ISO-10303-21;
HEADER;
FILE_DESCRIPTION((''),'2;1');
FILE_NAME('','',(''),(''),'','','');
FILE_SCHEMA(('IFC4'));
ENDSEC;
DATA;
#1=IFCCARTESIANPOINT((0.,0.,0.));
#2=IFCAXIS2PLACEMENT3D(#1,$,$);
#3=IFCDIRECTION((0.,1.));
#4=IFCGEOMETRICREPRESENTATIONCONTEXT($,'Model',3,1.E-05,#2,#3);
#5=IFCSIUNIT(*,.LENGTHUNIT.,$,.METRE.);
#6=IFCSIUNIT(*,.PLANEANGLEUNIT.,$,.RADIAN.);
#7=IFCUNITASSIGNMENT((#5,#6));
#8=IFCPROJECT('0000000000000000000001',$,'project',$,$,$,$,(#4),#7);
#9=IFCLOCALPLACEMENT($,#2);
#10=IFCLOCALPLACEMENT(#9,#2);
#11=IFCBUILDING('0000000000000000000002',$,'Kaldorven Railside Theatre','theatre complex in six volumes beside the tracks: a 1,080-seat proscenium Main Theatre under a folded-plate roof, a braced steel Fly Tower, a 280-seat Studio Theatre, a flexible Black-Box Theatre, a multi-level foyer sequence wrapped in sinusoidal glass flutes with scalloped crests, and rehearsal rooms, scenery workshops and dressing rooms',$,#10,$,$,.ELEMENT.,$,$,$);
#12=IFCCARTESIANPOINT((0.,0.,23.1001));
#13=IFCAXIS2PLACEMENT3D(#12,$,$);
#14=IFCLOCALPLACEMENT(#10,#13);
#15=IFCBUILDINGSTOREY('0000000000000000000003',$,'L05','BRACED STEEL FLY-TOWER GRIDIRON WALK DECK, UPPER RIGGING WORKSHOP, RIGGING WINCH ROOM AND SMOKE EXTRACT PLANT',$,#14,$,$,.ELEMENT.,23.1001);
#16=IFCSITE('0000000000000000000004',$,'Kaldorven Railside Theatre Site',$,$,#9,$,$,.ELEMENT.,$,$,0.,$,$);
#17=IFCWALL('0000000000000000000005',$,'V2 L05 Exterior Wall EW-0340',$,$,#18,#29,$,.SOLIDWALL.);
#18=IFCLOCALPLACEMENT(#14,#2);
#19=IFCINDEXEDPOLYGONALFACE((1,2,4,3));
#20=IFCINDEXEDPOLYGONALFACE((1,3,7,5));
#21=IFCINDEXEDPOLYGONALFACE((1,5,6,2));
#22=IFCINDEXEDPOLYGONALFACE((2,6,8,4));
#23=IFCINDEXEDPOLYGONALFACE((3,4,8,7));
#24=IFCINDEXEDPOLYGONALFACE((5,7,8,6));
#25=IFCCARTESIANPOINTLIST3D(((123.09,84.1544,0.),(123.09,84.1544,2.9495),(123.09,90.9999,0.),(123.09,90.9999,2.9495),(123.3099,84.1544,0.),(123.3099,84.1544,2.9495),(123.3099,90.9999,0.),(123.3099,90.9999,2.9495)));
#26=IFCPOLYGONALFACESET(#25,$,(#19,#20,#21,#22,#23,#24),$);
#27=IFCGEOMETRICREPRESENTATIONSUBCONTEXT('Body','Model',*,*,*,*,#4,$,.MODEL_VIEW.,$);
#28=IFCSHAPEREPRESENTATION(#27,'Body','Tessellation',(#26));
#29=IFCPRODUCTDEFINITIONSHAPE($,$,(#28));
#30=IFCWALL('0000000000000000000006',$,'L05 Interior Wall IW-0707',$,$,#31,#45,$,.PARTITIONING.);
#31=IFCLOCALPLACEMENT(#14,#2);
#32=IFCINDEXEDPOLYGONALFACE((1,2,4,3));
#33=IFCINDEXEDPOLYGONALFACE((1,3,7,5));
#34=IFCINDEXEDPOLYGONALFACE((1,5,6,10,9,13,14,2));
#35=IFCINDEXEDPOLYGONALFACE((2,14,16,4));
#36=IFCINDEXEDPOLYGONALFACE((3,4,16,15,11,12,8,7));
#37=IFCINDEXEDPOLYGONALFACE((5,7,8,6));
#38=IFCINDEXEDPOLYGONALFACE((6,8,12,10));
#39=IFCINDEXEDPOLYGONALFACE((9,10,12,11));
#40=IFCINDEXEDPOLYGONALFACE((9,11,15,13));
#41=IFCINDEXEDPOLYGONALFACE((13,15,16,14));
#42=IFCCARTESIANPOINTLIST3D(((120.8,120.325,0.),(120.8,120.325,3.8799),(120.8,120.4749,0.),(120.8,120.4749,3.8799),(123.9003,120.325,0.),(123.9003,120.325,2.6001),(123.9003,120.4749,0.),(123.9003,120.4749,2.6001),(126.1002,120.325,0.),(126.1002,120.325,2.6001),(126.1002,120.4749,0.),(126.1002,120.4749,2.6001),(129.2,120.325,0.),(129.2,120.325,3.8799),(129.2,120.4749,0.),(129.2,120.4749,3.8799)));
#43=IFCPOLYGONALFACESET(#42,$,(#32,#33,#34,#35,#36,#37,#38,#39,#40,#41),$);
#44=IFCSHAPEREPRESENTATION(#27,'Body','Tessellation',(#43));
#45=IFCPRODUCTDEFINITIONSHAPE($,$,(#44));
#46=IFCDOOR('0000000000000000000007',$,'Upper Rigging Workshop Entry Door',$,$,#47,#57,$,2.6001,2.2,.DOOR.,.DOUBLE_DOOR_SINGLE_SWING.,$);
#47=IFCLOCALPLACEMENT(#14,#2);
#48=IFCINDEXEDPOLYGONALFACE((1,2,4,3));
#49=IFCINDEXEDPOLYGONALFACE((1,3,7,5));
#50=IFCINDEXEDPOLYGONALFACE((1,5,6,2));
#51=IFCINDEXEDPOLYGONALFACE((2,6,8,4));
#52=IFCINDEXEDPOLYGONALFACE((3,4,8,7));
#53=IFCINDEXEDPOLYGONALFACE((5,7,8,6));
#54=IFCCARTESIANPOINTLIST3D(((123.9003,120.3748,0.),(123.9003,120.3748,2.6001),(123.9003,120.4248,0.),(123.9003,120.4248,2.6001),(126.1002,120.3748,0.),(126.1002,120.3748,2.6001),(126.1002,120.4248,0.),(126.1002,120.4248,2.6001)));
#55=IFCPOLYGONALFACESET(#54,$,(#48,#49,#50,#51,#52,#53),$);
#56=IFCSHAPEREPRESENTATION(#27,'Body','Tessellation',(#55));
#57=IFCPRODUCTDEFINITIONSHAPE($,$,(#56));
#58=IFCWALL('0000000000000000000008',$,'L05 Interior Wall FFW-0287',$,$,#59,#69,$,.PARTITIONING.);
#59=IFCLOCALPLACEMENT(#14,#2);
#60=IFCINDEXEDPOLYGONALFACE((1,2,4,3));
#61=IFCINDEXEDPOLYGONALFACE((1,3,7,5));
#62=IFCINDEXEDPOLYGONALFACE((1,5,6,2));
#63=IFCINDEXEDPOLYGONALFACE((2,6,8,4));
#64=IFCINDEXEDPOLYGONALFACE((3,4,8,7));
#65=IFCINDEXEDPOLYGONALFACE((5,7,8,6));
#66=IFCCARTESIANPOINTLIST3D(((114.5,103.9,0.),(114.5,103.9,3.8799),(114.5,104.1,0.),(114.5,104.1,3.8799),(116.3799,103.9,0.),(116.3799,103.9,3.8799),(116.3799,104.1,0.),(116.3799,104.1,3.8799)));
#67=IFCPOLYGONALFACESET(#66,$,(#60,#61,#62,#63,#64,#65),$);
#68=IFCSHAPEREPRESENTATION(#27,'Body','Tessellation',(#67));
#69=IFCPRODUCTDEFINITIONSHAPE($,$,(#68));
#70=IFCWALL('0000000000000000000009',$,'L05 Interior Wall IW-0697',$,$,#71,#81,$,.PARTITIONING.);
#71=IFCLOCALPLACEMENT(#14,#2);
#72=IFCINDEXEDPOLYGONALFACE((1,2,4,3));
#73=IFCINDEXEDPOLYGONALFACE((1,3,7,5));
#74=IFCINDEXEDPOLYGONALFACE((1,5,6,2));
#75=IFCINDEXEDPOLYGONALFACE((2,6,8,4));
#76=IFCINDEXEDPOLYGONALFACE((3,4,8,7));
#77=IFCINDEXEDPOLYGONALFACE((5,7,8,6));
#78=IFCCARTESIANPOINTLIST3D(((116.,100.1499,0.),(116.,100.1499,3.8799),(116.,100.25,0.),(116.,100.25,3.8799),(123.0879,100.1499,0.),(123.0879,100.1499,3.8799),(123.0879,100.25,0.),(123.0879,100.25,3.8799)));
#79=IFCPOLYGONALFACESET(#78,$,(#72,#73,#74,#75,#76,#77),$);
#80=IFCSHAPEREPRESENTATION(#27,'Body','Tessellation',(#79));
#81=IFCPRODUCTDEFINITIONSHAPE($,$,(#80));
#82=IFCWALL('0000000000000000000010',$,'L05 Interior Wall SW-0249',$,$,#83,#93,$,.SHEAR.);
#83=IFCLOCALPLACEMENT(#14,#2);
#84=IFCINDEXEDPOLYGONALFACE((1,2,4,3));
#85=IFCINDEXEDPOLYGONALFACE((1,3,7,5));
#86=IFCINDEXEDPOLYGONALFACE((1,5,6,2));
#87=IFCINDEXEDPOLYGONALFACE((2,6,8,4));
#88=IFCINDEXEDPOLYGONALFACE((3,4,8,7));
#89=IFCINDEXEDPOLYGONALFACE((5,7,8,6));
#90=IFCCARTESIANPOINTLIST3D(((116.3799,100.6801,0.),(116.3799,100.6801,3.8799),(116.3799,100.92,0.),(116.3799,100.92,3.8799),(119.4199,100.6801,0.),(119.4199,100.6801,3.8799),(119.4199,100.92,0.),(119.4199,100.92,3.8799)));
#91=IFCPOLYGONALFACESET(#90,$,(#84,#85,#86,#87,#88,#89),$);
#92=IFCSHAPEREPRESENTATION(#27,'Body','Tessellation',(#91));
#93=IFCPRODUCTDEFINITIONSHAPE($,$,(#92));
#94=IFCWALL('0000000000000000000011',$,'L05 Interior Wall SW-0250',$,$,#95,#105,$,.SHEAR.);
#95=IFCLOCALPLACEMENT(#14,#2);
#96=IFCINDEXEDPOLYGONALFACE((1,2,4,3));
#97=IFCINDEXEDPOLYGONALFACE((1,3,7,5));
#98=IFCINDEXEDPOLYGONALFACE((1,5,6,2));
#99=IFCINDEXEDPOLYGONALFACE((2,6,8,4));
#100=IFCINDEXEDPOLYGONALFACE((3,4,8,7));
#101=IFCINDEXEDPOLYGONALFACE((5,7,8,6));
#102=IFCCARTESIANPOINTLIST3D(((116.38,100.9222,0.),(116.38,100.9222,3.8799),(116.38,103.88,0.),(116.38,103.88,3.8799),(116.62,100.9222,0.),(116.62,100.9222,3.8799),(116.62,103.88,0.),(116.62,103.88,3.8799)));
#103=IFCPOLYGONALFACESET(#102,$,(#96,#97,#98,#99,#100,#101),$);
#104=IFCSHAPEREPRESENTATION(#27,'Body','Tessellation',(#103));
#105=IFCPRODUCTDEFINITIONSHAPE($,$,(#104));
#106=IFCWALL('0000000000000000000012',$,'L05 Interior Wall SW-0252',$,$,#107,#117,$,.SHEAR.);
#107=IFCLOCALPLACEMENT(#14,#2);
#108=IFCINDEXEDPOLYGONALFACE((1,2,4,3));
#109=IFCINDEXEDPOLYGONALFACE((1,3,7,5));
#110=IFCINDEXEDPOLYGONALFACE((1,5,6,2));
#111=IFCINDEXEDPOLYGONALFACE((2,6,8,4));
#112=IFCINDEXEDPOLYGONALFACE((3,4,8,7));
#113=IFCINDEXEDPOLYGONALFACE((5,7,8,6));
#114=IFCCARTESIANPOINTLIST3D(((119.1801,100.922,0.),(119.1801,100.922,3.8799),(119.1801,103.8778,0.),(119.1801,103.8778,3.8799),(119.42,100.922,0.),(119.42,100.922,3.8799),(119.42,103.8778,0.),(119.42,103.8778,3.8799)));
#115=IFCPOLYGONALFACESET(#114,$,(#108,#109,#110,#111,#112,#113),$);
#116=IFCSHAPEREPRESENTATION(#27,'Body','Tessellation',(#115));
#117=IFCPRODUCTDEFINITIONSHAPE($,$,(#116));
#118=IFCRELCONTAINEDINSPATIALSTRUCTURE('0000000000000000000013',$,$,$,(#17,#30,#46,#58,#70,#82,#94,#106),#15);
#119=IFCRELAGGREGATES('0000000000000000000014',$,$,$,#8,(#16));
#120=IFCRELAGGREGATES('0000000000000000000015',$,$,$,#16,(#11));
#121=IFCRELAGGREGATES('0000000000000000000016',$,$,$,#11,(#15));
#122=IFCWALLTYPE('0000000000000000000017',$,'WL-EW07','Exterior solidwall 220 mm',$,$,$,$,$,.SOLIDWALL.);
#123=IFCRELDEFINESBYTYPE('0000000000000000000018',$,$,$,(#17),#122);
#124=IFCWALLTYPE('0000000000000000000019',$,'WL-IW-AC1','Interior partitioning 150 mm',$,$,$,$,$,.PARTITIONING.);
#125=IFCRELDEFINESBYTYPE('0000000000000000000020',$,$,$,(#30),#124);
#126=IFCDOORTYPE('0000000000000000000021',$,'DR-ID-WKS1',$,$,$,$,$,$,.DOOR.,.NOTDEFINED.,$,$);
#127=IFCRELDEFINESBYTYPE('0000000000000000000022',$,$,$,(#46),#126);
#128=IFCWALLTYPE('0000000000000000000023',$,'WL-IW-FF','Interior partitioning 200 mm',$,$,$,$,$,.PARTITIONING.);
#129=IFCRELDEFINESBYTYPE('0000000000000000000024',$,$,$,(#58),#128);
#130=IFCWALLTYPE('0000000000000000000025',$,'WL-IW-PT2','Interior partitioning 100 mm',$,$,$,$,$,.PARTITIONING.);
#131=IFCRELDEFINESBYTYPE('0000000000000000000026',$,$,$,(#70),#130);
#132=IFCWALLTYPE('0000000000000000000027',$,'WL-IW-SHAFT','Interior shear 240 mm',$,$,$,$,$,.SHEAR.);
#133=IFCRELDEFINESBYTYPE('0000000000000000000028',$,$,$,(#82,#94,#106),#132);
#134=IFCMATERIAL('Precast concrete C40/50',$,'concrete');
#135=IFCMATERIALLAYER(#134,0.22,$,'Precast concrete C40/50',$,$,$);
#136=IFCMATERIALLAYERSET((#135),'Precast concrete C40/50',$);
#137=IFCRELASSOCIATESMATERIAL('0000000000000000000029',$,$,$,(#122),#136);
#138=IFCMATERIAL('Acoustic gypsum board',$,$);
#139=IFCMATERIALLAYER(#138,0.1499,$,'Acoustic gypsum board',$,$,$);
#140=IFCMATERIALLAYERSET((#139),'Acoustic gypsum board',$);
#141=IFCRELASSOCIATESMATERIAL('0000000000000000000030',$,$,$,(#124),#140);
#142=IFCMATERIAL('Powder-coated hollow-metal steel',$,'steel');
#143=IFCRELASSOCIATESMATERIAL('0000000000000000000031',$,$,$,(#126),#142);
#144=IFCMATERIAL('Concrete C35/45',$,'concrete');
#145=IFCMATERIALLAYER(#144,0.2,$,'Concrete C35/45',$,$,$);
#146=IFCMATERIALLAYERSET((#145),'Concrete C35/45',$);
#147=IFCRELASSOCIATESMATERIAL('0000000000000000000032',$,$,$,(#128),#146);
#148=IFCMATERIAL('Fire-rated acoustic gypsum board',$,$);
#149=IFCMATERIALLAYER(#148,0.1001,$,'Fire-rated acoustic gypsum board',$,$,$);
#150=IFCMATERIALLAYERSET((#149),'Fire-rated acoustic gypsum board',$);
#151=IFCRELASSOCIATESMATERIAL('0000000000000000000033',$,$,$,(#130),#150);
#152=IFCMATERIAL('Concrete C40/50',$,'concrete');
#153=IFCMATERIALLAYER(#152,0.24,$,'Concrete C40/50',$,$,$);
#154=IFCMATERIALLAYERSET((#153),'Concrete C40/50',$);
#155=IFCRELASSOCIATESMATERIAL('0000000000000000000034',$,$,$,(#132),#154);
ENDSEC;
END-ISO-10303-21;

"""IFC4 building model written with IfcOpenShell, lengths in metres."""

from ifc_helpers import new_model, si_unit, direction, frame, frame_2d, origin, place, context, subcontext, project, spatial, rectangle, extrude, material, layer, layer_set, type_object, element, fill, save


model = new_model("IFC4")

# Units and contexts
model_context = context("Model", 3, precision=1e-05, world=origin(), true_north=direction((0.0, 1.0)))
body_context = subcontext(model_context, "Body", "Model", "MODEL_VIEW")
ifc_project = project(units=[si_unit("LENGTHUNIT", "METRE"), si_unit("PLANEANGLEUNIT", "RADIAN")], contexts=[model_context])

# Site, building, storey
site_placement = place(None, origin())
site = spatial("IfcSite", under=ifc_project, at=site_placement, Name="Kaldorven Railside Theatre Site", CompositionType="ELEMENT", RefElevation=0.0)
building_placement = place(site_placement, origin())
building = spatial("IfcBuilding", under=site, at=building_placement, Name="Kaldorven Railside Theatre", Description="theatre complex in six volumes beside the tracks: a 1,080-seat proscenium Main Theatre under a folded-plate roof, a braced steel Fly Tower, a 280-seat Studio Theatre, a flexible Black-Box Theatre, a multi-level foyer sequence wrapped in sinusoidal glass flutes with scalloped crests, and rehearsal rooms, scenery workshops and dressing rooms", CompositionType="ELEMENT")
storey_placement = place(building_placement, frame((0.0, 0.0, 23.1001)))
storey = spatial("IfcBuildingStorey", under=building, at=storey_placement, Name="L05", Description="BRACED STEEL FLY-TOWER GRIDIRON WALK DECK, UPPER RIGGING WORKSHOP, RIGGING WINCH ROOM AND SMOKE EXTRACT PLANT", CompositionType="ELEMENT", Elevation=23.1001)

# Shared definitions
ifc_material_1 = material(Name="Concrete C40/50", Category="concrete")

# Wall
ifc_material_2 = material(Name="Precast concrete C40/50", Category="concrete")
ifc_layer_1 = layer(ifc_material_2, 0.22, Name="Precast concrete C40/50")
ifc_layer_set_1 = layer_set([ifc_layer_1], Name="Precast concrete C40/50")
wall_type_1 = type_object("IfcWallType", Name="WL-EW07", Description="Exterior solidwall 220 mm", PredefinedType="SOLIDWALL", material=ifc_layer_set_1)
wall_1_placement = place(storey_placement, frame((123.2, 91.0, 0.0), z_axis=(0.0, 0.0, 1.0), x_axis=(0.0, -1.0, 0.0)))
element("IfcWall", 1, at=wall_1_placement, inside=storey, type_object=wall_type_1, Name="V2 L05 Exterior Wall EW-0340", PredefinedType="SOLIDWALL", context=body_context, shape_type="SweptSolid", body=[
    extrude(rectangle(XDim=6.8455, YDim=0.22, at=frame_2d((3.4229, 0.0))), origin(), (0.0, 0.0, 1.0), 2.9495),
])

# Wall, opening, door
ifc_material_3 = material(Name="Acoustic gypsum board")
ifc_layer_2 = layer(ifc_material_3, 0.1499, Name="Acoustic gypsum board")
ifc_layer_set_2 = layer_set([ifc_layer_2], Name="Acoustic gypsum board")
wall_type_2 = type_object("IfcWallType", Name="WL-IW-AC1", Description="Interior partitioning 150 mm", PredefinedType="PARTITIONING", material=ifc_layer_set_2)
wall_2_placement = place(storey_placement, frame((120.8, 120.3999, 0.0), z_axis=(0.0, 0.0, 1.0), x_axis=(1.0, 0.0, 0.0)))
wall_2 = element("IfcWall", 2, at=wall_2_placement, inside=storey, type_object=wall_type_2, Name="L05 Interior Wall IW-0707", PredefinedType="PARTITIONING", context=body_context, shape_type="SweptSolid", body=[
    extrude(rectangle(XDim=8.3999, YDim=0.1499, at=frame_2d((4.2, 0.0))), origin(), (0.0, 0.0, 1.0), 3.8799),
])
opening_1_placement = place(wall_2_placement, frame((3.1001, 0.0, 0.0)))
opening_1 = element("IfcOpeningElement", 3, at=opening_1_placement, cuts=wall_2, PredefinedType="OPENING", context=body_context, shape_type="SweptSolid", body=[
    extrude(rectangle(XDim=2.2, YDim=2.6001, at=frame_2d((1.1001, 1.3))), frame((0.0, 0.085, 0.0), z_axis=(0.0, -1.0, 0.0), x_axis=(1.0, 0.0, 0.0)), (0.0, 0.0, 1.0), 0.1699),
])
ifc_material_4 = material(Name="Powder-coated hollow-metal steel", Category="steel")
door_type_1 = type_object("IfcDoorType", Name="DR-ID-WKS1", OperationType="NOTDEFINED", PredefinedType="DOOR", material=ifc_material_4)
door_1_placement = place(opening_1_placement, origin())
door_1 = element("IfcDoor", 4, at=door_1_placement, inside=storey, type_object=door_type_1, Name="Upper Rigging Workshop Entry Door", OperationType="DOUBLE_DOOR_SINGLE_SWING", OverallHeight=2.6001, OverallWidth=2.2, PredefinedType="DOOR", context=body_context, shape_type="SweptSolid", body=[
    extrude(rectangle(XDim=2.2, YDim=2.6001, at=frame_2d((1.1001, 1.3))), frame((0.0, 0.0249, 0.0), z_axis=(0.0, -1.0, 0.0), x_axis=(1.0, 0.0, 0.0)), (0.0, 0.0, 1.0), 0.05),
])
fill(opening_1, door_1)

# Walls
ifc_material_5 = material(Name="Concrete C35/45", Category="concrete")
ifc_layer_3 = layer(ifc_material_5, 0.2, Name="Concrete C35/45")
ifc_layer_set_3 = layer_set([ifc_layer_3], Name="Concrete C35/45")
wall_type_3 = type_object("IfcWallType", Name="WL-IW-FF", Description="Interior partitioning 200 mm", PredefinedType="PARTITIONING", material=ifc_layer_set_3)
wall_3_placement = place(storey_placement, frame((116.3799, 104.0, 0.0), z_axis=(0.0, 0.0, 1.0), x_axis=(-1.0, 0.0, 0.0)))
element("IfcWall", 5, at=wall_3_placement, inside=storey, type_object=wall_type_3, Name="L05 Interior Wall FFW-0287", PredefinedType="PARTITIONING", context=body_context, shape_type="SweptSolid", body=[
    extrude(rectangle(XDim=1.8799, YDim=0.2, at=frame_2d((0.9399, 0.0))), origin(), (0.0, 0.0, 1.0), 3.8799),
])
ifc_material_6 = material(Name="Fire-rated acoustic gypsum board")
ifc_layer_4 = layer(ifc_material_6, 0.1001, Name="Fire-rated acoustic gypsum board")
ifc_layer_set_4 = layer_set([ifc_layer_4], Name="Fire-rated acoustic gypsum board")
wall_type_4 = type_object("IfcWallType", Name="WL-IW-PT2", Description="Interior partitioning 100 mm", PredefinedType="PARTITIONING", material=ifc_layer_set_4)
wall_4_placement = place(storey_placement, frame((123.0879, 100.2, 0.0), z_axis=(0.0, 0.0, 1.0), x_axis=(-1.0, 0.0, 0.0)))
element("IfcWall", 6, at=wall_4_placement, inside=storey, type_object=wall_type_4, Name="L05 Interior Wall IW-0697", PredefinedType="PARTITIONING", context=body_context, shape_type="SweptSolid", body=[
    extrude(rectangle(XDim=7.0879, YDim=0.1001, at=frame_2d((3.5439, 0.0))), origin(), (0.0, 0.0, 1.0), 3.8799),
])
ifc_layer_5 = layer(ifc_material_1, 0.24, Name="Concrete C40/50")
ifc_layer_set_5 = layer_set([ifc_layer_5], Name="Concrete C40/50")
wall_type_5 = type_object("IfcWallType", Name="WL-IW-SHAFT", Description="Interior shear 240 mm", PredefinedType="SHEAR", material=ifc_layer_set_5)
wall_5_placement = place(storey_placement, frame((119.4199, 100.8, 0.0), z_axis=(0.0, 0.0, 1.0), x_axis=(-1.0, 0.0, 0.0)))
element("IfcWall", 7, at=wall_5_placement, inside=storey, type_object=wall_type_5, Name="L05 Interior Wall SW-0249", PredefinedType="SHEAR", context=body_context, shape_type="SweptSolid", body=[
    extrude(rectangle(XDim=3.04, YDim=0.24, at=frame_2d((1.52, 0.0))), origin(), (0.0, 0.0, 1.0), 3.8799),
])
wall_6_placement = place(storey_placement, frame((116.5, 100.9221, 0.0), z_axis=(0.0, 0.0, 1.0), x_axis=(0.0, 1.0, 0.0)))
element("IfcWall", 8, at=wall_6_placement, inside=storey, type_object=wall_type_5, Name="L05 Interior Wall SW-0250", PredefinedType="SHEAR", context=body_context, shape_type="SweptSolid", body=[
    extrude(rectangle(XDim=2.9578, YDim=0.24, at=frame_2d((1.479, 0.0))), origin(), (0.0, 0.0, 1.0), 3.8799),
])

# Wall
wall_7_placement = place(storey_placement, frame((119.3, 103.8779, 0.0), z_axis=(0.0, 0.0, 1.0), x_axis=(0.0, -1.0, 0.0)))
element("IfcWall", 9, at=wall_7_placement, inside=storey, type_object=wall_type_5, Name="L05 Interior Wall SW-0252", PredefinedType="SHEAR", context=body_context, shape_type="SweptSolid", body=[
    extrude(rectangle(XDim=2.9558, YDim=0.24, at=frame_2d((1.478, 0.0))), origin(), (0.0, 0.0, 1.0), 3.8799),
])

save(model, "model.ifc")
